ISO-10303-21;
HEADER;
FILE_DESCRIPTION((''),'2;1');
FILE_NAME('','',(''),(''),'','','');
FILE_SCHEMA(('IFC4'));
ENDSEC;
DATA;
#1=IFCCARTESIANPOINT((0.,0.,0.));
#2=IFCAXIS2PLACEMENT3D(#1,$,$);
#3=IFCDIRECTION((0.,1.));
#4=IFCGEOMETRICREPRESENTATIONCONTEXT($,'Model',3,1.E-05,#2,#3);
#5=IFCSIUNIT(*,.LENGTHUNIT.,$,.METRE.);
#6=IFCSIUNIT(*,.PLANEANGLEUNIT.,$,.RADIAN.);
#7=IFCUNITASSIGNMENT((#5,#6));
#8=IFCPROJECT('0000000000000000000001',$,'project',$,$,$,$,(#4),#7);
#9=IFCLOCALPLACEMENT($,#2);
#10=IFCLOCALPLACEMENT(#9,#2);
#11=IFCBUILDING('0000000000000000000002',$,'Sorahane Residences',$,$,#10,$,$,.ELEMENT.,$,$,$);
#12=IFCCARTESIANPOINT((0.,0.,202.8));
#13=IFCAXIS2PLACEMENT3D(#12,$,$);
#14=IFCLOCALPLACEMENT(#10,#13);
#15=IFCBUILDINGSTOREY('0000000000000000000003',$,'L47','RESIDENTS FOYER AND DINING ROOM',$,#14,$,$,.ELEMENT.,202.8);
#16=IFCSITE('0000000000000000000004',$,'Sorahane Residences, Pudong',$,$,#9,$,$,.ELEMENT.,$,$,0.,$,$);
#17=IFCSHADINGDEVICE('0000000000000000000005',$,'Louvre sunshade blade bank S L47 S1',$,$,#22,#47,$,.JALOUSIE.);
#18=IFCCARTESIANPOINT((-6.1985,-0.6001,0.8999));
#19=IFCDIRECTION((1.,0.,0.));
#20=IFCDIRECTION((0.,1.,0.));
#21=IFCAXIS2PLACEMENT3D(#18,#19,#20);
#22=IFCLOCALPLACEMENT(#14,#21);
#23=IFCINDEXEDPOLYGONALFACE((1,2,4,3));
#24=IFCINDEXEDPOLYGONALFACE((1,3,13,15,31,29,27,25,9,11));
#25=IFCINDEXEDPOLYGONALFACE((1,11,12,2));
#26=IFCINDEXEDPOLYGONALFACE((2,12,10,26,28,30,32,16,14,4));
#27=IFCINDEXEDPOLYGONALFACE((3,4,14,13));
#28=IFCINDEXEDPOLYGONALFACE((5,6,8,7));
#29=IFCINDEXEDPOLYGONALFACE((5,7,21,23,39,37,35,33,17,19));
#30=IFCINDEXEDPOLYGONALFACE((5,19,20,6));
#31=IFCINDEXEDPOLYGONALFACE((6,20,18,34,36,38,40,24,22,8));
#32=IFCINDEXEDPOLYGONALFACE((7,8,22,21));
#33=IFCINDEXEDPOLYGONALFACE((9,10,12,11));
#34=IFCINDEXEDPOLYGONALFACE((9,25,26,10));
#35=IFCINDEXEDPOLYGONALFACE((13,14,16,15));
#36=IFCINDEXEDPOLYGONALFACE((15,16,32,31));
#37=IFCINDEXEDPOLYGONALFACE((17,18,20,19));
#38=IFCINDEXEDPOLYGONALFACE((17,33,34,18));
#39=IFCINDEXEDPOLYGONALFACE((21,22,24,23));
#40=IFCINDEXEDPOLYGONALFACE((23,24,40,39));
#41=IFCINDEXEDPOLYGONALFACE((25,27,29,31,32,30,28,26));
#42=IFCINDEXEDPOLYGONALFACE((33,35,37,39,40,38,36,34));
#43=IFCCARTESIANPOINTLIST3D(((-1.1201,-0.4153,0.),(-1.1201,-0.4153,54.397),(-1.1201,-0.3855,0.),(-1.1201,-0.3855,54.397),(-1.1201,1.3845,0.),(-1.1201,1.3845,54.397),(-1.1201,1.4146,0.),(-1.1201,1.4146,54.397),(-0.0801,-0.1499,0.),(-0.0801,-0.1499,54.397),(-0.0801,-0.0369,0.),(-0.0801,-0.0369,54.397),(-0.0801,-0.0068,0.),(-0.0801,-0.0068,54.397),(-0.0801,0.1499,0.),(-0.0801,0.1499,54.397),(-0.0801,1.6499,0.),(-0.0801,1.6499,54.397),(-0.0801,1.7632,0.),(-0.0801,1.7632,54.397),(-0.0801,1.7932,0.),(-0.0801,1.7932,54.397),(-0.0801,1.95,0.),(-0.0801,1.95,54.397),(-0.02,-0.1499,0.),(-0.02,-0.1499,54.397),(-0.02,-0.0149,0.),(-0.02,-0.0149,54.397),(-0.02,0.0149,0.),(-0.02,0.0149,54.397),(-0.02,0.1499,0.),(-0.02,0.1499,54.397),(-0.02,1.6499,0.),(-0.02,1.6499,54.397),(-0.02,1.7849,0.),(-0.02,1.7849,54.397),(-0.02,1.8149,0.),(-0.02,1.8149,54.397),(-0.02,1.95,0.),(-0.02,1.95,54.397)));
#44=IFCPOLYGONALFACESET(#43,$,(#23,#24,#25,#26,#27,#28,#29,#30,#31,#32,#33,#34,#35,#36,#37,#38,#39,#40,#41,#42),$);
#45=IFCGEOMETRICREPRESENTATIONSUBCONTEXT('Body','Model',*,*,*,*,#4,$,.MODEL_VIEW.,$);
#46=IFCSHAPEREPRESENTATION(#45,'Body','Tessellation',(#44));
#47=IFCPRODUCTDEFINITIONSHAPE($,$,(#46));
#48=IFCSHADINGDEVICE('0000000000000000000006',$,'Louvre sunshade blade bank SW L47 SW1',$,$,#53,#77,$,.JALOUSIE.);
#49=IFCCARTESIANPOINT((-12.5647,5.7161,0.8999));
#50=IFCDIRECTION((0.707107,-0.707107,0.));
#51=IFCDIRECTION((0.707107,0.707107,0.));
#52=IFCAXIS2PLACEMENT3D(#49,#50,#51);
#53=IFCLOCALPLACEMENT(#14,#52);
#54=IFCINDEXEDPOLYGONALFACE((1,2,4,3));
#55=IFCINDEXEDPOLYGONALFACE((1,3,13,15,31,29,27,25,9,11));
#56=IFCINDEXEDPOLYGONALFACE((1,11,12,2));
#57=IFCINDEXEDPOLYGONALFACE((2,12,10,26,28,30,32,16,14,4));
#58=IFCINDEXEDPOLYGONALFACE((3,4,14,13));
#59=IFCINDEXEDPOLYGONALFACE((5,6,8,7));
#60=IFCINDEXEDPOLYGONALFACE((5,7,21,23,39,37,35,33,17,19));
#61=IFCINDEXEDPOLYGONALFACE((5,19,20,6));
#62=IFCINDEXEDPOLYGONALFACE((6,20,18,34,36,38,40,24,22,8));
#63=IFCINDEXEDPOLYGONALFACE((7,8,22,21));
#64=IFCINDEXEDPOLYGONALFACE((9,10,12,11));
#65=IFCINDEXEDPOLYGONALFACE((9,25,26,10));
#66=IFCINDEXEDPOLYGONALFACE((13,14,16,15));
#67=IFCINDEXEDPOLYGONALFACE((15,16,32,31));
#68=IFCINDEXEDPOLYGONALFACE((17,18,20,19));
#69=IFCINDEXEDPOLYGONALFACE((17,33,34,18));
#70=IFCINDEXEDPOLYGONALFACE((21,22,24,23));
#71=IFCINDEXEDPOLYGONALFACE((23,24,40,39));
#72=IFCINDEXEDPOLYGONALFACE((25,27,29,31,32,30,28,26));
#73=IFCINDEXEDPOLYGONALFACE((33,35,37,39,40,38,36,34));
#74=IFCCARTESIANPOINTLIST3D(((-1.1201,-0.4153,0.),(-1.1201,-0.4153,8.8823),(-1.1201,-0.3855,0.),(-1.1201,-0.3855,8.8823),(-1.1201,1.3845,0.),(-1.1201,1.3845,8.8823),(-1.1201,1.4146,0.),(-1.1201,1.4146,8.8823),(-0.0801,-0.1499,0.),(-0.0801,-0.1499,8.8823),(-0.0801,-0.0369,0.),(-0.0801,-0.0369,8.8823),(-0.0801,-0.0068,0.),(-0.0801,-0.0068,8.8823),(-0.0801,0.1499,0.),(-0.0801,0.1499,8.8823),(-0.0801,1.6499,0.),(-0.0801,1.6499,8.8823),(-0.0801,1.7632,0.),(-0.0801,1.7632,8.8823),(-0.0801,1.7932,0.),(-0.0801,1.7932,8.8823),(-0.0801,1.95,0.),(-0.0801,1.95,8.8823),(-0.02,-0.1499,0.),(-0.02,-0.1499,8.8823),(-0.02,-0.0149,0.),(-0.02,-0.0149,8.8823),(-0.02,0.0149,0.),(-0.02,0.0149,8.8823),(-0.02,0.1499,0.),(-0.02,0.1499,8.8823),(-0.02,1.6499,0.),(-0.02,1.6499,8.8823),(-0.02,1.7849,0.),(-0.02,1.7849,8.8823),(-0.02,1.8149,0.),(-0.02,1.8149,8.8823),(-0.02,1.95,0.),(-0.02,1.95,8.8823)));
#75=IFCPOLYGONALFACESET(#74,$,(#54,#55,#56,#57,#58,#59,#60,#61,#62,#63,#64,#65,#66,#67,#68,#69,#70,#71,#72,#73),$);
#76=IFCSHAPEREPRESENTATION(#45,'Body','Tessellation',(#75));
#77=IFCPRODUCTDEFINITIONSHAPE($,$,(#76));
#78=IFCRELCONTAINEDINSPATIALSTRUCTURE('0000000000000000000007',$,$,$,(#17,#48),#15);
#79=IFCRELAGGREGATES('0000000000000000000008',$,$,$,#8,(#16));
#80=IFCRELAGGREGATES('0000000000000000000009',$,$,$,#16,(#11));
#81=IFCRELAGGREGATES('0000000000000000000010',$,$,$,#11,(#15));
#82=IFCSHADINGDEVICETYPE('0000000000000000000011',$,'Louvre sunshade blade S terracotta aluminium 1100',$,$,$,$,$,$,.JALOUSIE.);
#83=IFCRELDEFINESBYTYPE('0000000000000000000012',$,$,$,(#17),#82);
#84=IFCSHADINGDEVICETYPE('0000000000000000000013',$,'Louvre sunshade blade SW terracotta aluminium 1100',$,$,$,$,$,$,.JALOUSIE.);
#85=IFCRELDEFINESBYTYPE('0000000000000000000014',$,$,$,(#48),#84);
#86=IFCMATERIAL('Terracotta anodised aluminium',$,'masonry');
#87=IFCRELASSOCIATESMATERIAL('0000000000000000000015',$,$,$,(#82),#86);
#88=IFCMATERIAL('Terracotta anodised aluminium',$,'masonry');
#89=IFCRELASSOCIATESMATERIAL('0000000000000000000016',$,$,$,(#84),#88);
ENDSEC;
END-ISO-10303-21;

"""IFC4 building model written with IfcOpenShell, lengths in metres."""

from ifc_helpers import new_model, si_unit, direction, frame, origin, place, context, subcontext, project, spatial, polyline, outline, composite_profile, extrude, material, type_object, element, save


model = new_model("IFC4")

# Units and contexts
model_context = context("Model", 3, precision=1e-05, world=origin(), true_north=direction((0.0, 1.0)))
body_context = subcontext(model_context, "Body", "Model", "MODEL_VIEW")
ifc_project = project(units=[si_unit("LENGTHUNIT", "METRE"), si_unit("PLANEANGLEUNIT", "RADIAN")], contexts=[model_context])

# Site, building, storey
site_placement = place(None, origin())
site = spatial("IfcSite", under=ifc_project, at=site_placement, Name="Sorahane Residences, Pudong", CompositionType="ELEMENT", RefElevation=0.0)
building_placement = place(site_placement, origin())
building = spatial("IfcBuilding", under=site, at=building_placement, Name="Sorahane Residences", CompositionType="ELEMENT")
storey_placement = place(building_placement, frame((0.0, 0.0, 202.8)))
storey = spatial("IfcBuildingStorey", under=building, at=storey_placement, Name="L47", Description="RESIDENTS FOYER AND DINING ROOM", CompositionType="ELEMENT", Elevation=202.8)

# Shading devices
ifc_material_1 = material(Name="Terracotta anodised aluminium", Category="masonry")
shading_device_type_1 = type_object("IfcShadingDeviceType", Name="Louvre sunshade blade S terracotta aluminium 1100", PredefinedType="JALOUSIE", material=ifc_material_1)
shading_device_1_placement = place(storey_placement, frame((-6.1985, -0.6001, 0.8999), z_axis=(1.0, 0.0, 0.0), x_axis=(0.0, 1.0, 0.0)))
element("IfcShadingDevice", 1, at=shading_device_1_placement, inside=storey, type_object=shading_device_type_1, Name="Louvre sunshade blade bank S L47 S1", PredefinedType="JALOUSIE", context=body_context, shape_type="SweptSolid", body=[
    extrude(composite_profile([outline(polyline([(-1.1201, -0.3855), (-1.1201, -0.4153), (-0.0801, -0.0369), (-0.0801, -0.1499), (-0.02, -0.1499), (-0.02, -0.0149), (-0.02, 0.0149), (-0.02, 0.1499), (-0.0801, 0.1499), (-0.0801, -0.0068), (-1.1201, -0.3855)])), outline(polyline([(-1.1201, 1.4146), (-1.1201, 1.3845), (-0.0801, 1.7632), (-0.0801, 1.6499), (-0.02, 1.6499), (-0.02, 1.7849), (-0.02, 1.8149), (-0.02, 1.95), (-0.0801, 1.95), (-0.0801, 1.7932), (-1.1201, 1.4146)]))]), origin(), (0.0, 0.0, 1.0), 54.397),
])
ifc_material_2 = material(Name="Terracotta anodised aluminium", Category="masonry")
shading_device_type_2 = type_object("IfcShadingDeviceType", Name="Louvre sunshade blade SW terracotta aluminium 1100", PredefinedType="JALOUSIE", material=ifc_material_2)
shading_device_2_placement = place(storey_placement, frame((-12.5647, 5.7161, 0.8999), z_axis=(0.707107, -0.707107, 0.0), x_axis=(0.707107, 0.707107, 0.0)))
element("IfcShadingDevice", 2, at=shading_device_2_placement, inside=storey, type_object=shading_device_type_2, Name="Louvre sunshade blade bank SW L47 SW1", PredefinedType="JALOUSIE", context=body_context, shape_type="SweptSolid", body=[
    extrude(composite_profile([outline(polyline([(-1.1201, -0.3855), (-1.1201, -0.4153), (-0.0801, -0.0369), (-0.0801, -0.1499), (-0.02, -0.1499), (-0.02, -0.0149), (-0.02, 0.0149), (-0.02, 0.1499), (-0.0801, 0.1499), (-0.0801, -0.0068), (-1.1201, -0.3855)])), outline(polyline([(-1.1201, 1.4146), (-1.1201, 1.3845), (-0.0801, 1.7632), (-0.0801, 1.6499), (-0.02, 1.6499), (-0.02, 1.7849), (-0.02, 1.8149), (-0.02, 1.95), (-0.0801, 1.95), (-0.0801, 1.7932), (-1.1201, 1.4146)]))]), origin(), (0.0, 0.0, 1.0), 8.8823),
])

save(model, "model.ifc")
